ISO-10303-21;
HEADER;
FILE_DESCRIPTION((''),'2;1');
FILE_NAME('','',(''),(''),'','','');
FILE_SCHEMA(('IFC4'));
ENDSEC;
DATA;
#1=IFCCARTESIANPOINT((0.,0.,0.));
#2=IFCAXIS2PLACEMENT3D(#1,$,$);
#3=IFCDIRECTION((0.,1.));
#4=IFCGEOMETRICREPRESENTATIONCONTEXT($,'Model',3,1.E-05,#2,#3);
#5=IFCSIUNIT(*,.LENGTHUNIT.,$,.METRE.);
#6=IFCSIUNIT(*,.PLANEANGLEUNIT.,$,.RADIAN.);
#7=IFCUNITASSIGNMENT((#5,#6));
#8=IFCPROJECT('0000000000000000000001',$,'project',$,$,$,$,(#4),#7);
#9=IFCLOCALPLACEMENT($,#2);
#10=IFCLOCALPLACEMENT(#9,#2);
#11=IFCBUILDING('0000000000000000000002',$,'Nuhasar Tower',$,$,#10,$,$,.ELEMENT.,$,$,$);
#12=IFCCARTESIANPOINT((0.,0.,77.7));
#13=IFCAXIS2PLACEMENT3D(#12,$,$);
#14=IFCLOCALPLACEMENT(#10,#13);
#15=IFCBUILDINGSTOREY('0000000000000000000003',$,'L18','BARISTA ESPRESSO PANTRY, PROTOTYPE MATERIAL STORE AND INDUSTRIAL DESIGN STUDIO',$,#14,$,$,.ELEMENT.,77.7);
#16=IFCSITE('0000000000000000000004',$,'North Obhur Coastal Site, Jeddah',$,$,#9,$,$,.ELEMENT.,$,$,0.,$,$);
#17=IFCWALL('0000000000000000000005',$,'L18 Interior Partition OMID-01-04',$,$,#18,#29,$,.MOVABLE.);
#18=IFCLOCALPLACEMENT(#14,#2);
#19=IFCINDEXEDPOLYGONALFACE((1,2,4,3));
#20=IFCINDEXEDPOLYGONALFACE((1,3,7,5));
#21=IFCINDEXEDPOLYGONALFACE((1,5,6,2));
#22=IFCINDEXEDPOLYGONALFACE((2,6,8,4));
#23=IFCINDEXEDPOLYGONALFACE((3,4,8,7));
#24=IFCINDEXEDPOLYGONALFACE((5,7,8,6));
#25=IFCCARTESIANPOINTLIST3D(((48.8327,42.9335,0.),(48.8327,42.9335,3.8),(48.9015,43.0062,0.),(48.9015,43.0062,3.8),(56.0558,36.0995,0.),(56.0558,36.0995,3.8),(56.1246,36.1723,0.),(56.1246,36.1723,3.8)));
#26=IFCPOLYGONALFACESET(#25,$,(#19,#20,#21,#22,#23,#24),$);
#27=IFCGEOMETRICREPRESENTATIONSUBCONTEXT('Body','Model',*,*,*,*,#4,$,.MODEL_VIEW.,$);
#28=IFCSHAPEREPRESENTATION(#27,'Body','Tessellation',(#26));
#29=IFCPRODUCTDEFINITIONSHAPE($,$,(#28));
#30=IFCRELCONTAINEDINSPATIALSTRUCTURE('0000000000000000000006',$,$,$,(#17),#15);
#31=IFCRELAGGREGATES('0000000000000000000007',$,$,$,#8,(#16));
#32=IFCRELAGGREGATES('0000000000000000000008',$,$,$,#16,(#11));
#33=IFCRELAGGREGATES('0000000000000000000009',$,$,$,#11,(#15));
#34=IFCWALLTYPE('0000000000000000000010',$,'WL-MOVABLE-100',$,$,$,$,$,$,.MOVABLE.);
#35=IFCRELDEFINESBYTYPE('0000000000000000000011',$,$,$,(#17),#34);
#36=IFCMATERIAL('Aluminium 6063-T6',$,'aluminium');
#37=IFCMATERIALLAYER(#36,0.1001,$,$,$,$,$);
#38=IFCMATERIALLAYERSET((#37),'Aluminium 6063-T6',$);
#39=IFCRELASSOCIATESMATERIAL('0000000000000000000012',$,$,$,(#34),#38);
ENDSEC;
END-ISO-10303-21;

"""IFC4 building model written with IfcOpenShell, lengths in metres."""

from ifc_helpers import new_model, si_unit, direction, frame, frame_2d, origin, place, context, subcontext, project, spatial, rectangle, extrude, material, layer, layer_set, type_object, element, save


model = new_model("IFC4")

# Units and contexts
model_context = context("Model", 3, precision=1e-05, world=origin(), true_north=direction((0.0, 1.0)))
body_context = subcontext(model_context, "Body", "Model", "MODEL_VIEW")
ifc_project = project(units=[si_unit("LENGTHUNIT", "METRE"), si_unit("PLANEANGLEUNIT", "RADIAN")], contexts=[model_context])

# Site, building, storey
site_placement = place(None, origin())
site = spatial("IfcSite", under=ifc_project, at=site_placement, Name="North Obhur Coastal Site, Jeddah", CompositionType="ELEMENT", RefElevation=0.0)
building_placement = place(site_placement, origin())
building = spatial("IfcBuilding", under=site, at=building_placement, Name="Nuhasar Tower", CompositionType="ELEMENT")
storey_placement = place(building_placement, frame((0.0, 0.0, 77.7)))
storey = spatial("IfcBuildingStorey", under=building, at=storey_placement, Name="L18", Description="BARISTA ESPRESSO PANTRY, PROTOTYPE MATERIAL STORE AND INDUSTRIAL DESIGN STUDIO", CompositionType="ELEMENT", Elevation=77.7)

# Shared definitions
ifc_material_1 = material(Name="Aluminium 6063-T6", Category="aluminium")

# Shared definitions
ifc_layer_1 = layer(ifc_material_1, 0.1001)
ifc_layer_set_1 = layer_set([ifc_layer_1], Name="Aluminium 6063-T6")
wall_type = type_object("IfcWallType", Name="WL-MOVABLE-100", PredefinedType="MOVABLE", material=ifc_layer_set_1)

# Wall
wall_1_placement = place(storey_placement, frame((56.0901, 36.136, 0.0), z_axis=(0.0, 0.0, 1.0), x_axis=(-0.726404, 0.687268, 0.0)))
element("IfcWall", 1, at=wall_1_placement, inside=storey, type_object=wall_type, Name="L18 Interior Partition OMID-01-04", PredefinedType="MOVABLE", context=body_context, shape_type="SweptSolid", body=[
    extrude(rectangle(XDim=9.9436, YDim=0.1001, at=frame_2d((4.9717, 0.0))), origin(), (0.0, 0.0, 1.0), 3.8),
])

save(model, "model.ifc")
